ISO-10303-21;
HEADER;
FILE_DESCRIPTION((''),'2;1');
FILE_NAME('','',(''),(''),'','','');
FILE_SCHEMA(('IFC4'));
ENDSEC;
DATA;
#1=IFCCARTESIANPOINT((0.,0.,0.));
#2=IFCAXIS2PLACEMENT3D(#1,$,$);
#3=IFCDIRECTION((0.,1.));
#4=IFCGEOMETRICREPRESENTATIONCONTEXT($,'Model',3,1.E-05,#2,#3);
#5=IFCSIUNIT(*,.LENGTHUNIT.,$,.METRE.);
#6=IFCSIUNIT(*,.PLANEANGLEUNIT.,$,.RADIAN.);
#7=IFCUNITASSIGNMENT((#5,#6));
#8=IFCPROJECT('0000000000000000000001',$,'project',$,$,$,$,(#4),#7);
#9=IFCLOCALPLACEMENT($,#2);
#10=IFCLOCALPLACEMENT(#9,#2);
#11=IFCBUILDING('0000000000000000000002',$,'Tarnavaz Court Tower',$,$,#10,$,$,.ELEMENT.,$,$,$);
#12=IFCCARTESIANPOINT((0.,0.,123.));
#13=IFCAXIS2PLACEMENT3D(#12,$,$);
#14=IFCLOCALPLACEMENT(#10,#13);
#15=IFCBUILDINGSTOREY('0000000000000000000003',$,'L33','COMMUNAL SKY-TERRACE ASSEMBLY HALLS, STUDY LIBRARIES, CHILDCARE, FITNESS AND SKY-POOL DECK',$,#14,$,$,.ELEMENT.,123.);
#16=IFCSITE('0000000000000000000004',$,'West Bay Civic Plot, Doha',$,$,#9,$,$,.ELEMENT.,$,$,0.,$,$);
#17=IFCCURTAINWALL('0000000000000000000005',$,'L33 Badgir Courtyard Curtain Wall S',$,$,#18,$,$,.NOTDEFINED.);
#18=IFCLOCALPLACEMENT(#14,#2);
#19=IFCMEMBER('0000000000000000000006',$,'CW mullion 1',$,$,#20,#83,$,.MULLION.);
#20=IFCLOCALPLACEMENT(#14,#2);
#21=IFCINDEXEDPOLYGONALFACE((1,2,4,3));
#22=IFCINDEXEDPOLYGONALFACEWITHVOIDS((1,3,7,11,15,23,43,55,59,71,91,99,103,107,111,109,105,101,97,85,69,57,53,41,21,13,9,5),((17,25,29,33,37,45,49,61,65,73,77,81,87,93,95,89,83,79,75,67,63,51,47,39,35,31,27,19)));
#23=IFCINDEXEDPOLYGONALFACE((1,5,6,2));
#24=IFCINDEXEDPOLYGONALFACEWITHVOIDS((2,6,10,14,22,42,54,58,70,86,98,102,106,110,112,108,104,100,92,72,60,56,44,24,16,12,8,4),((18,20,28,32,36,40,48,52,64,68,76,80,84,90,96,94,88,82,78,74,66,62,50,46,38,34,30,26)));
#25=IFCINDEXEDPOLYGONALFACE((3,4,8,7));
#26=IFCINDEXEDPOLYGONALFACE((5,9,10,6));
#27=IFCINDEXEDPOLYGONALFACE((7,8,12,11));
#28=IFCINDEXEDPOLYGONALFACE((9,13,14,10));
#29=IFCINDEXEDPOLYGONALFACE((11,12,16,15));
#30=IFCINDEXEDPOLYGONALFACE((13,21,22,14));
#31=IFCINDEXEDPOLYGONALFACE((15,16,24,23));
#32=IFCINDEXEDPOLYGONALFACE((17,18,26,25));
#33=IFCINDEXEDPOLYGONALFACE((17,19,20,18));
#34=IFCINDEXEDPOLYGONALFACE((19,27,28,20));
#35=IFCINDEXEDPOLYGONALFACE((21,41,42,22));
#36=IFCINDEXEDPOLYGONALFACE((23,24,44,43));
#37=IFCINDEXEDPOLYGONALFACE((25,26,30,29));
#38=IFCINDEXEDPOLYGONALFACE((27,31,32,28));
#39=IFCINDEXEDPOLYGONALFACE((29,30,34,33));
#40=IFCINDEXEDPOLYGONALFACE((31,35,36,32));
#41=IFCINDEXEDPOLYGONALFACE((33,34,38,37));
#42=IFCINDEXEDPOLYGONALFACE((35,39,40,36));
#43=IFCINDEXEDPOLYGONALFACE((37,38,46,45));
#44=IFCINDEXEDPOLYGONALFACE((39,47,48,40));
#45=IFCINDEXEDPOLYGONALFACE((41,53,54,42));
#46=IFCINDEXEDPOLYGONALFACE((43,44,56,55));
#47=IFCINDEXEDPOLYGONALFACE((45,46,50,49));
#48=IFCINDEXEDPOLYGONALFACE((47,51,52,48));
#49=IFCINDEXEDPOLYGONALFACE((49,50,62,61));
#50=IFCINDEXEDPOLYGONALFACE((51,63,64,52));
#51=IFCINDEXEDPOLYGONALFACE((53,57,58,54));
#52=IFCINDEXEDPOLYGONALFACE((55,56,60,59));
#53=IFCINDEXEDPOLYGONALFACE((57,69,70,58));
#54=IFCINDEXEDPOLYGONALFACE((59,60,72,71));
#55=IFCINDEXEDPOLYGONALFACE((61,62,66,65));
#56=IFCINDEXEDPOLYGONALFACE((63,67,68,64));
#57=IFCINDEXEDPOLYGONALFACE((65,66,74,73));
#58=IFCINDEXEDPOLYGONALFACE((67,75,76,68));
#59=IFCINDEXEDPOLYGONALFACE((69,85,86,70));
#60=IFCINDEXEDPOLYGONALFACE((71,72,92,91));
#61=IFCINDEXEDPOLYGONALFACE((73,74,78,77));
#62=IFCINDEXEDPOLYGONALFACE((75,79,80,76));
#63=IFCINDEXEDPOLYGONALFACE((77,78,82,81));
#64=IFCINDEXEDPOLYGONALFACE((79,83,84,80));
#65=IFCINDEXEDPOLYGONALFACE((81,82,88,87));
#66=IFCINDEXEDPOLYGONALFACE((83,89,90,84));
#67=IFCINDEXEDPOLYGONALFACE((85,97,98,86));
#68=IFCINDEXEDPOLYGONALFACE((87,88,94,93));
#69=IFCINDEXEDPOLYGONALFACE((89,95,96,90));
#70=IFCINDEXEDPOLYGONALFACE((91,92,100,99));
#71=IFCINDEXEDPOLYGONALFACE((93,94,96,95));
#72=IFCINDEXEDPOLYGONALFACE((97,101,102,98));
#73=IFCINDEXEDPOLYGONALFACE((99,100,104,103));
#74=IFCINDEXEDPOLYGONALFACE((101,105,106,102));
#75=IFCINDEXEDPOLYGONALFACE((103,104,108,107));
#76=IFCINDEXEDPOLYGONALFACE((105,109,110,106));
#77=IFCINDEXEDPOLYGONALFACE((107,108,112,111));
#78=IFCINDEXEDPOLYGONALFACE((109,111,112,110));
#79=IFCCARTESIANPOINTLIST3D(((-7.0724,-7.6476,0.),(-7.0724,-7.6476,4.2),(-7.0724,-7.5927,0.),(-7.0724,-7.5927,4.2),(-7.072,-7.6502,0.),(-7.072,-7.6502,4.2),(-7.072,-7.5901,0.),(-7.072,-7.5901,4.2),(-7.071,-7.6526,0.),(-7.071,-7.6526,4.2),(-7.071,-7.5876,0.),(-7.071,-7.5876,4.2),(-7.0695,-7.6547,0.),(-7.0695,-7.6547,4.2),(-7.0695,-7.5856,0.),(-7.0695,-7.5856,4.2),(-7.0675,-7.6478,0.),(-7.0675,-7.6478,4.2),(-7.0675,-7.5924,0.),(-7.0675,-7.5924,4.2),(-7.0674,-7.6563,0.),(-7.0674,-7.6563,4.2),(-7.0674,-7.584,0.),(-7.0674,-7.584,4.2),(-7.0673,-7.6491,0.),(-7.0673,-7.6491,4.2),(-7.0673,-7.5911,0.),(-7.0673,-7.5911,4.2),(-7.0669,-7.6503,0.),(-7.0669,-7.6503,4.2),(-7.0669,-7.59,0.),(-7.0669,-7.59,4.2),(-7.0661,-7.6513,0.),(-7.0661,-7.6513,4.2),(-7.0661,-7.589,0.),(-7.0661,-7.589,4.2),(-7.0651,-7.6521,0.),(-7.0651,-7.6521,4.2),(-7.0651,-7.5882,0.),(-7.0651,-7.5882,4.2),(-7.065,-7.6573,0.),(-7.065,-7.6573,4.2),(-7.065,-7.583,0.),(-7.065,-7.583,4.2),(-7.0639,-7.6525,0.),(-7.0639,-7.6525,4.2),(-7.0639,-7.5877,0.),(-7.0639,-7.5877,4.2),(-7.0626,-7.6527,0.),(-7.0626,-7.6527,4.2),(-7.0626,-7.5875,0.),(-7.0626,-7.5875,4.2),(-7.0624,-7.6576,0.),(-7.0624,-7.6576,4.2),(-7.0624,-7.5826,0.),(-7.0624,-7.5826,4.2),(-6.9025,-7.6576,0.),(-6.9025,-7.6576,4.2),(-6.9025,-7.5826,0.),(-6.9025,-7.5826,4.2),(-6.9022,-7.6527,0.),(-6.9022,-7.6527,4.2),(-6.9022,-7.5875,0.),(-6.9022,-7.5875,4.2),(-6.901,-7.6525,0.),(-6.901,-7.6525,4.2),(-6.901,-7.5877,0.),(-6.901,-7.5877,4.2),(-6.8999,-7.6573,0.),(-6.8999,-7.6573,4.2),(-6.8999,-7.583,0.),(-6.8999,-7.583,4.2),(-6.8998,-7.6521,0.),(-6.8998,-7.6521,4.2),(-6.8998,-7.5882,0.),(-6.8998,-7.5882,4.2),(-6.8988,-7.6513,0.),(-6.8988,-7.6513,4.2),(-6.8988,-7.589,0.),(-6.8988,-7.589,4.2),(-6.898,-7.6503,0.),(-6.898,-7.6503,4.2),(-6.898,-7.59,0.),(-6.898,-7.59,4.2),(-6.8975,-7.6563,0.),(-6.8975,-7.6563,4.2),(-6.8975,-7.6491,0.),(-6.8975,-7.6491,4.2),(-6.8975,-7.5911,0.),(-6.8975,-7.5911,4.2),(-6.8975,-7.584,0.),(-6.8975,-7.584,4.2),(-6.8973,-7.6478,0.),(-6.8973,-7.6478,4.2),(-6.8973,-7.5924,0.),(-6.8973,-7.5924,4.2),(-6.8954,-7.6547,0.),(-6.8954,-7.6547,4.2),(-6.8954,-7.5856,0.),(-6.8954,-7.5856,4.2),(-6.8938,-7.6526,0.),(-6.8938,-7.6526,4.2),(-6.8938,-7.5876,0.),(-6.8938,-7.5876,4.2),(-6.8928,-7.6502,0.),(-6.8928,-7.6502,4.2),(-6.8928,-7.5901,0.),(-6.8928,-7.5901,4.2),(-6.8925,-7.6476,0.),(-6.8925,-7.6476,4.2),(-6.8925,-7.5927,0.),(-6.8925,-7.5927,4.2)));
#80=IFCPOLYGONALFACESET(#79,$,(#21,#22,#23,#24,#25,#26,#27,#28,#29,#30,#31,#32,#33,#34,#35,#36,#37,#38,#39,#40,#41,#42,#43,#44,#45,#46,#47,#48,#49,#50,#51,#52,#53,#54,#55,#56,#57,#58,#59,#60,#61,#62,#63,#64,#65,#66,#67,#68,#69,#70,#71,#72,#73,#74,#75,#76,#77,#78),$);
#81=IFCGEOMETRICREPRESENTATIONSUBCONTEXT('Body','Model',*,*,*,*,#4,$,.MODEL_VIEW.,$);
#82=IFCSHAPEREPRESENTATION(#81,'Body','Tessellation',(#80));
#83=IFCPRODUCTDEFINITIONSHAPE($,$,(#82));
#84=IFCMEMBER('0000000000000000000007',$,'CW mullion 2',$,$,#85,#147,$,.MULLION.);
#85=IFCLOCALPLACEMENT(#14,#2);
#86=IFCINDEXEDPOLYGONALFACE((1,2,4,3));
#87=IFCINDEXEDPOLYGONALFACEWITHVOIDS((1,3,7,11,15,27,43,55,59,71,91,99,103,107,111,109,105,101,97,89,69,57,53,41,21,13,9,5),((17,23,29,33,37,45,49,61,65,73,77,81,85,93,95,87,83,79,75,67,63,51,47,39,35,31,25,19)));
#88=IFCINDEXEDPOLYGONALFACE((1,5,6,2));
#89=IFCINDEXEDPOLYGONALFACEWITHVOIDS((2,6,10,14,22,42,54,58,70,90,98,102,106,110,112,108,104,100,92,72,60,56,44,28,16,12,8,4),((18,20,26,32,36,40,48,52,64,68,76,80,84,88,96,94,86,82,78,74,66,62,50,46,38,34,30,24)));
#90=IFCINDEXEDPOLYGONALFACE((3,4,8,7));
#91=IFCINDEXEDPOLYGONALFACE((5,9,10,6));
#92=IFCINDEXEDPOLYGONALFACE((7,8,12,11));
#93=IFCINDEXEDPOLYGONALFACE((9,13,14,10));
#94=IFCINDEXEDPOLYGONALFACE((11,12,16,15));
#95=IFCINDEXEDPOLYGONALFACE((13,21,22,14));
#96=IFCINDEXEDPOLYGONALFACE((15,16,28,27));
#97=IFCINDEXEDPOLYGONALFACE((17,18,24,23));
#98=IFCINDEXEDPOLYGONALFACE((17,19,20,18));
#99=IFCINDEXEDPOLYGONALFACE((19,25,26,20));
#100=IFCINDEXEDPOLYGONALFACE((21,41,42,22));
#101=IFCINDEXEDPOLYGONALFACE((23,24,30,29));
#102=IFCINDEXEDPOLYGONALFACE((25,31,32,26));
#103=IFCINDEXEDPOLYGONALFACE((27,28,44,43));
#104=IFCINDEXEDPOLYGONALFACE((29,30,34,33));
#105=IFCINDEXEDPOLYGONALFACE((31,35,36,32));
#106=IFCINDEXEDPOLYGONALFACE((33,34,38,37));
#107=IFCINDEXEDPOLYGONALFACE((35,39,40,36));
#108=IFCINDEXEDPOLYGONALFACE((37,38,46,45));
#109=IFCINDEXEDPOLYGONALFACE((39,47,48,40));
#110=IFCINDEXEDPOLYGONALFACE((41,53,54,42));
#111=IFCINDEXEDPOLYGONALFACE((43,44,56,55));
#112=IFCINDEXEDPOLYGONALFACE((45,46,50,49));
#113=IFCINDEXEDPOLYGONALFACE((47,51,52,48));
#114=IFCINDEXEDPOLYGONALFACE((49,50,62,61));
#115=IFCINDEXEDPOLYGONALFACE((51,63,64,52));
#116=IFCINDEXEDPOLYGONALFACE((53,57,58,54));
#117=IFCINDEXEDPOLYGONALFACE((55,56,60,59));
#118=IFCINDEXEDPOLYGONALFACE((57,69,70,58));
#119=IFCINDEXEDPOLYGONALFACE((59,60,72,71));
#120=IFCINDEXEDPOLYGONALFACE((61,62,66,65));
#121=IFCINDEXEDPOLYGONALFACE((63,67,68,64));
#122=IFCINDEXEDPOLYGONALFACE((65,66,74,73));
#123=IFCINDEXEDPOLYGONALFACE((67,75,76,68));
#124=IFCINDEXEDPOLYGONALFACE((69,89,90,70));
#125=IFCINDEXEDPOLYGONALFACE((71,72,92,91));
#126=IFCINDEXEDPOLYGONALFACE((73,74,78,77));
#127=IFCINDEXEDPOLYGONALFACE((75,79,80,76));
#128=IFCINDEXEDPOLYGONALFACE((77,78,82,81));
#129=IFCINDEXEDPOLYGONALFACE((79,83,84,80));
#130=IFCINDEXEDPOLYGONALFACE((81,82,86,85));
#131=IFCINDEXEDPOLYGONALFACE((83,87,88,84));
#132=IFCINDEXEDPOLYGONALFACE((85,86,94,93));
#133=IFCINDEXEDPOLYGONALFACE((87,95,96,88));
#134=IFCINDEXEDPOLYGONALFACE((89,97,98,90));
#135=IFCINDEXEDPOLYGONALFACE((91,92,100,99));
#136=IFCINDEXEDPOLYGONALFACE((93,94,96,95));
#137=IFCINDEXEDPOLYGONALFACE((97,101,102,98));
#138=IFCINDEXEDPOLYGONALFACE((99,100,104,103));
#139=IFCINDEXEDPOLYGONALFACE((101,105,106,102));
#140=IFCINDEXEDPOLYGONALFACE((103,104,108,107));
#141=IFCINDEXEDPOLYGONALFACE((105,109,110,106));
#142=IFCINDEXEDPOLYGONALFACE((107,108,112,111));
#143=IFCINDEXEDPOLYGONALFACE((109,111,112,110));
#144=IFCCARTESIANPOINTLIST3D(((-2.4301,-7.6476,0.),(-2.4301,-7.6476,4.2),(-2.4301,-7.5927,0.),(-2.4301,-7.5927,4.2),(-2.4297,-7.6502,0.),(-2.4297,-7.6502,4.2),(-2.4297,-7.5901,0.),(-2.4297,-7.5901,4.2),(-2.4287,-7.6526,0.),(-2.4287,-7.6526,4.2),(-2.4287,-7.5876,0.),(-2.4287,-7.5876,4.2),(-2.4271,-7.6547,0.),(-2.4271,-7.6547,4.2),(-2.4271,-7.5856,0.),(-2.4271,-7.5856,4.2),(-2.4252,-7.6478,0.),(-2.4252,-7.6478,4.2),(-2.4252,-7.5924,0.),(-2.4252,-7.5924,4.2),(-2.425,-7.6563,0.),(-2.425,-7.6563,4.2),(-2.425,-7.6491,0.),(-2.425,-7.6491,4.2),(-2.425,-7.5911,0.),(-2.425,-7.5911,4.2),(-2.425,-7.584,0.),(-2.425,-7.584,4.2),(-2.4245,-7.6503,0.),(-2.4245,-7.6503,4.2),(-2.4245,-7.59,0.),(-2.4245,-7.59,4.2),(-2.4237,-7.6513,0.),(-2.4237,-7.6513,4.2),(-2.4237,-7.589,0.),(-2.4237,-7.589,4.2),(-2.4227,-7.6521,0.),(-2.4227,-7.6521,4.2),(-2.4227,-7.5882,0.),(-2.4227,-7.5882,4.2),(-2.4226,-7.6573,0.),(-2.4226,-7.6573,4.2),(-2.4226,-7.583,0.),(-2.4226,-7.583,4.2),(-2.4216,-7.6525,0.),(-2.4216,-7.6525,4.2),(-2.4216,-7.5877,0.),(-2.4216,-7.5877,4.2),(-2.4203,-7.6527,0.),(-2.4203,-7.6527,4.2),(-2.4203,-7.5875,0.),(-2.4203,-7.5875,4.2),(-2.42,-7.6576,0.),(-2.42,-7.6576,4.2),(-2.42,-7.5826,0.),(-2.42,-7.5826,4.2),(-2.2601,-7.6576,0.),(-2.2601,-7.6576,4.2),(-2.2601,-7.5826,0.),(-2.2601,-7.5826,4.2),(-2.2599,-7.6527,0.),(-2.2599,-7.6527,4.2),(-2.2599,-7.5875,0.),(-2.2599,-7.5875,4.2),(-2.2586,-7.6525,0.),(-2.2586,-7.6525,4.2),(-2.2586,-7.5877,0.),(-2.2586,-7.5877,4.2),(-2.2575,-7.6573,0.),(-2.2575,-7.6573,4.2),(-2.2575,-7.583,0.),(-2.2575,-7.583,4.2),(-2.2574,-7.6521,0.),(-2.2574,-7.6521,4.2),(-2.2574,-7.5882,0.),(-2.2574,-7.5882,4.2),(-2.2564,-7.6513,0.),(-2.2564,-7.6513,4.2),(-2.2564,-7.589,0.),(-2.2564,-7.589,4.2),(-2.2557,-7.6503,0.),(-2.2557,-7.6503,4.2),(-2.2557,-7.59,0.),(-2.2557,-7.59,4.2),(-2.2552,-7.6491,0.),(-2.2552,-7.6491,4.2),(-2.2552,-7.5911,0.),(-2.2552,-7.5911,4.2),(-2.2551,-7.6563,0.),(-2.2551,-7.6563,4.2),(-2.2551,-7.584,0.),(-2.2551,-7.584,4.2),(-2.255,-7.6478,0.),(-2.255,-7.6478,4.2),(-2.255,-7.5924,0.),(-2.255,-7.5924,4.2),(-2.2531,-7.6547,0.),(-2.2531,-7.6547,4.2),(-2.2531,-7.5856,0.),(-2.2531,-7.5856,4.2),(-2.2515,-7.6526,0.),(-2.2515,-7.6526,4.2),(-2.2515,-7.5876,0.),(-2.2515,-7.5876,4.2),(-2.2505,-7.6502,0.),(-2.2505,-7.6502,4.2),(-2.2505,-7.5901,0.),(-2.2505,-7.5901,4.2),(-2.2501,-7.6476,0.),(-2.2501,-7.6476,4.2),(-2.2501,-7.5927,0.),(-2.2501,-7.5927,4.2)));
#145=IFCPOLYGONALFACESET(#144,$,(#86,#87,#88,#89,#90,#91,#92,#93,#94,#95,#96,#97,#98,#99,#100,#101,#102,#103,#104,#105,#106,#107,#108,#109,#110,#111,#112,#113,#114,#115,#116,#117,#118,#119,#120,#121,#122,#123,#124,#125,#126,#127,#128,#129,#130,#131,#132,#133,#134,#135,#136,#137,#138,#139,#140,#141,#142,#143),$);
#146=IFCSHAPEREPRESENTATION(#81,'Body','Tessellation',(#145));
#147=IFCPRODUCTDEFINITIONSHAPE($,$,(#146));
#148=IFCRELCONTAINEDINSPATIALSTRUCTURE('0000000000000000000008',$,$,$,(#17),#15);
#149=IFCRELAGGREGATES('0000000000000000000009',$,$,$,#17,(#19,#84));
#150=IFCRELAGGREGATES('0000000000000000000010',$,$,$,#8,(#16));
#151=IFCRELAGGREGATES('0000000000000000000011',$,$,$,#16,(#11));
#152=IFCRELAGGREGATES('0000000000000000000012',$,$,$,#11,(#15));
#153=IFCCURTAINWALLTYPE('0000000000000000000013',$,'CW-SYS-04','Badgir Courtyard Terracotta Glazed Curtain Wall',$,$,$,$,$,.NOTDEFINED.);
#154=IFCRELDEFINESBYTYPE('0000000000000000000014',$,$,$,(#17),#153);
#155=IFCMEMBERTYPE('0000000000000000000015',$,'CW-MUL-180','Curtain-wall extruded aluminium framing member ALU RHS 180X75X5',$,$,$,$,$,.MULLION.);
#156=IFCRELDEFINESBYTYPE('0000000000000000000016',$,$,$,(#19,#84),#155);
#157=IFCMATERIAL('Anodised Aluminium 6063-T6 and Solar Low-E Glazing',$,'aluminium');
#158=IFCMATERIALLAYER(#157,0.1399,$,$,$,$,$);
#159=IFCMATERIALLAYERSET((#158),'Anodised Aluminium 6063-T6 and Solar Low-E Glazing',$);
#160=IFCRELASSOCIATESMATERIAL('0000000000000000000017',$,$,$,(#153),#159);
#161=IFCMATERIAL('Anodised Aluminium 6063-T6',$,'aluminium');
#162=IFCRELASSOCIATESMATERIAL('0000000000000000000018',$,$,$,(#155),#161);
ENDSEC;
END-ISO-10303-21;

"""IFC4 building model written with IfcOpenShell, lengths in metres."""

from ifc_helpers import new_model, si_unit, direction, frame, origin, origin_2d, place, context, subcontext, project, spatial, hollow_rectangle, extrude, material, layer, layer_set, material_profile, profile_set, type_object, element, aggregate, save


model = new_model("IFC4")

# Units and contexts
model_context = context("Model", 3, precision=1e-05, world=origin(), true_north=direction((0.0, 1.0)))
body_context = subcontext(model_context, "Body", "Model", "MODEL_VIEW")
ifc_project = project(units=[si_unit("LENGTHUNIT", "METRE"), si_unit("PLANEANGLEUNIT", "RADIAN")], contexts=[model_context])

# Site, building, storey
site_placement = place(None, origin())
site = spatial("IfcSite", under=ifc_project, at=site_placement, Name="West Bay Civic Plot, Doha", CompositionType="ELEMENT", RefElevation=0.0)
building_placement = place(site_placement, origin())
building = spatial("IfcBuilding", under=site, at=building_placement, Name="Tarnavaz Court Tower", CompositionType="ELEMENT")
storey_placement = place(building_placement, frame((0.0, 0.0, 123.0)))
storey = spatial("IfcBuildingStorey", under=building, at=storey_placement, Name="L33", Description="COMMUNAL SKY-TERRACE ASSEMBLY HALLS, STUDY LIBRARIES, CHILDCARE, FITNESS AND SKY-POOL DECK", CompositionType="ELEMENT", Elevation=123.0)

# Curtain wall, members
ifc_material_1 = material(Name="Anodised Aluminium 6063-T6 and Solar Low-E Glazing", Category="aluminium")
ifc_layer_1 = layer(ifc_material_1, 0.1399)
ifc_layer_set_1 = layer_set([ifc_layer_1], Name="Anodised Aluminium 6063-T6 and Solar Low-E Glazing")
curtain_wall_type = type_object("IfcCurtainWallType", Name="CW-SYS-04", Description="Badgir Courtyard Terracotta Glazed Curtain Wall", PredefinedType="NOTDEFINED", material=ifc_layer_set_1)
curtain_wall_placement = place(storey_placement, origin())
curtain_wall = element("IfcCurtainWall", 1, at=curtain_wall_placement, inside=storey, type_object=curtain_wall_type, Name="L33 Badgir Courtyard Curtain Wall S", PredefinedType="NOTDEFINED")
ifc_material_2 = material(Name="Anodised Aluminium 6063-T6", Category="aluminium")
ifc_material_profile_1 = material_profile(ifc_material_2, hollow_rectangle(XDim=0.075, YDim=0.1799, WallThickness=0.0049, InnerFilletRadius=0.0049, OuterFilletRadius=0.01, at=origin_2d()), Name="ALU RHS 180X75X5")
ifc_profile_set_1 = profile_set([ifc_material_profile_1], Name="Anodised Aluminium 6063-T6")
member_type_1 = type_object("IfcMemberType", Name="CW-MUL-180", Description="Curtain-wall extruded aluminium framing member ALU RHS 180X75X5", PredefinedType="MULLION", material=ifc_profile_set_1)
member_1_placement = place(storey_placement, frame((-6.9824, -7.6201, 0.0), z_axis=(0.0, 0.0, 1.0), x_axis=(0.0, 1.0, 0.0)))
member_1 = element("IfcMember", 2, at=member_1_placement, type_object=member_type_1, Name="CW mullion 1", PredefinedType="MULLION", context=body_context, shape_type="SweptSolid", body=[
    extrude(hollow_rectangle(XDim=0.075, YDim=0.1799, WallThickness=0.0049, InnerFilletRadius=0.0049, OuterFilletRadius=0.01, at=origin_2d()), origin(), (0.0, 0.0, 1.0), 4.2),
])
member_2_placement = place(storey_placement, frame((-2.3401, -7.6201, 0.0), z_axis=(0.0, 0.0, 1.0), x_axis=(0.0, 1.0, 0.0)))
member_2 = element("IfcMember", 3, at=member_2_placement, type_object=member_type_1, Name="CW mullion 2", PredefinedType="MULLION", context=body_context, shape_type="SweptSolid", body=[
    extrude(hollow_rectangle(XDim=0.075, YDim=0.1799, WallThickness=0.0049, InnerFilletRadius=0.0049, OuterFilletRadius=0.01, at=origin_2d()), origin(), (0.0, 0.0, 1.0), 4.2),
])
aggregate(curtain_wall, [member_1, member_2])

save(model, "model.ifc")
